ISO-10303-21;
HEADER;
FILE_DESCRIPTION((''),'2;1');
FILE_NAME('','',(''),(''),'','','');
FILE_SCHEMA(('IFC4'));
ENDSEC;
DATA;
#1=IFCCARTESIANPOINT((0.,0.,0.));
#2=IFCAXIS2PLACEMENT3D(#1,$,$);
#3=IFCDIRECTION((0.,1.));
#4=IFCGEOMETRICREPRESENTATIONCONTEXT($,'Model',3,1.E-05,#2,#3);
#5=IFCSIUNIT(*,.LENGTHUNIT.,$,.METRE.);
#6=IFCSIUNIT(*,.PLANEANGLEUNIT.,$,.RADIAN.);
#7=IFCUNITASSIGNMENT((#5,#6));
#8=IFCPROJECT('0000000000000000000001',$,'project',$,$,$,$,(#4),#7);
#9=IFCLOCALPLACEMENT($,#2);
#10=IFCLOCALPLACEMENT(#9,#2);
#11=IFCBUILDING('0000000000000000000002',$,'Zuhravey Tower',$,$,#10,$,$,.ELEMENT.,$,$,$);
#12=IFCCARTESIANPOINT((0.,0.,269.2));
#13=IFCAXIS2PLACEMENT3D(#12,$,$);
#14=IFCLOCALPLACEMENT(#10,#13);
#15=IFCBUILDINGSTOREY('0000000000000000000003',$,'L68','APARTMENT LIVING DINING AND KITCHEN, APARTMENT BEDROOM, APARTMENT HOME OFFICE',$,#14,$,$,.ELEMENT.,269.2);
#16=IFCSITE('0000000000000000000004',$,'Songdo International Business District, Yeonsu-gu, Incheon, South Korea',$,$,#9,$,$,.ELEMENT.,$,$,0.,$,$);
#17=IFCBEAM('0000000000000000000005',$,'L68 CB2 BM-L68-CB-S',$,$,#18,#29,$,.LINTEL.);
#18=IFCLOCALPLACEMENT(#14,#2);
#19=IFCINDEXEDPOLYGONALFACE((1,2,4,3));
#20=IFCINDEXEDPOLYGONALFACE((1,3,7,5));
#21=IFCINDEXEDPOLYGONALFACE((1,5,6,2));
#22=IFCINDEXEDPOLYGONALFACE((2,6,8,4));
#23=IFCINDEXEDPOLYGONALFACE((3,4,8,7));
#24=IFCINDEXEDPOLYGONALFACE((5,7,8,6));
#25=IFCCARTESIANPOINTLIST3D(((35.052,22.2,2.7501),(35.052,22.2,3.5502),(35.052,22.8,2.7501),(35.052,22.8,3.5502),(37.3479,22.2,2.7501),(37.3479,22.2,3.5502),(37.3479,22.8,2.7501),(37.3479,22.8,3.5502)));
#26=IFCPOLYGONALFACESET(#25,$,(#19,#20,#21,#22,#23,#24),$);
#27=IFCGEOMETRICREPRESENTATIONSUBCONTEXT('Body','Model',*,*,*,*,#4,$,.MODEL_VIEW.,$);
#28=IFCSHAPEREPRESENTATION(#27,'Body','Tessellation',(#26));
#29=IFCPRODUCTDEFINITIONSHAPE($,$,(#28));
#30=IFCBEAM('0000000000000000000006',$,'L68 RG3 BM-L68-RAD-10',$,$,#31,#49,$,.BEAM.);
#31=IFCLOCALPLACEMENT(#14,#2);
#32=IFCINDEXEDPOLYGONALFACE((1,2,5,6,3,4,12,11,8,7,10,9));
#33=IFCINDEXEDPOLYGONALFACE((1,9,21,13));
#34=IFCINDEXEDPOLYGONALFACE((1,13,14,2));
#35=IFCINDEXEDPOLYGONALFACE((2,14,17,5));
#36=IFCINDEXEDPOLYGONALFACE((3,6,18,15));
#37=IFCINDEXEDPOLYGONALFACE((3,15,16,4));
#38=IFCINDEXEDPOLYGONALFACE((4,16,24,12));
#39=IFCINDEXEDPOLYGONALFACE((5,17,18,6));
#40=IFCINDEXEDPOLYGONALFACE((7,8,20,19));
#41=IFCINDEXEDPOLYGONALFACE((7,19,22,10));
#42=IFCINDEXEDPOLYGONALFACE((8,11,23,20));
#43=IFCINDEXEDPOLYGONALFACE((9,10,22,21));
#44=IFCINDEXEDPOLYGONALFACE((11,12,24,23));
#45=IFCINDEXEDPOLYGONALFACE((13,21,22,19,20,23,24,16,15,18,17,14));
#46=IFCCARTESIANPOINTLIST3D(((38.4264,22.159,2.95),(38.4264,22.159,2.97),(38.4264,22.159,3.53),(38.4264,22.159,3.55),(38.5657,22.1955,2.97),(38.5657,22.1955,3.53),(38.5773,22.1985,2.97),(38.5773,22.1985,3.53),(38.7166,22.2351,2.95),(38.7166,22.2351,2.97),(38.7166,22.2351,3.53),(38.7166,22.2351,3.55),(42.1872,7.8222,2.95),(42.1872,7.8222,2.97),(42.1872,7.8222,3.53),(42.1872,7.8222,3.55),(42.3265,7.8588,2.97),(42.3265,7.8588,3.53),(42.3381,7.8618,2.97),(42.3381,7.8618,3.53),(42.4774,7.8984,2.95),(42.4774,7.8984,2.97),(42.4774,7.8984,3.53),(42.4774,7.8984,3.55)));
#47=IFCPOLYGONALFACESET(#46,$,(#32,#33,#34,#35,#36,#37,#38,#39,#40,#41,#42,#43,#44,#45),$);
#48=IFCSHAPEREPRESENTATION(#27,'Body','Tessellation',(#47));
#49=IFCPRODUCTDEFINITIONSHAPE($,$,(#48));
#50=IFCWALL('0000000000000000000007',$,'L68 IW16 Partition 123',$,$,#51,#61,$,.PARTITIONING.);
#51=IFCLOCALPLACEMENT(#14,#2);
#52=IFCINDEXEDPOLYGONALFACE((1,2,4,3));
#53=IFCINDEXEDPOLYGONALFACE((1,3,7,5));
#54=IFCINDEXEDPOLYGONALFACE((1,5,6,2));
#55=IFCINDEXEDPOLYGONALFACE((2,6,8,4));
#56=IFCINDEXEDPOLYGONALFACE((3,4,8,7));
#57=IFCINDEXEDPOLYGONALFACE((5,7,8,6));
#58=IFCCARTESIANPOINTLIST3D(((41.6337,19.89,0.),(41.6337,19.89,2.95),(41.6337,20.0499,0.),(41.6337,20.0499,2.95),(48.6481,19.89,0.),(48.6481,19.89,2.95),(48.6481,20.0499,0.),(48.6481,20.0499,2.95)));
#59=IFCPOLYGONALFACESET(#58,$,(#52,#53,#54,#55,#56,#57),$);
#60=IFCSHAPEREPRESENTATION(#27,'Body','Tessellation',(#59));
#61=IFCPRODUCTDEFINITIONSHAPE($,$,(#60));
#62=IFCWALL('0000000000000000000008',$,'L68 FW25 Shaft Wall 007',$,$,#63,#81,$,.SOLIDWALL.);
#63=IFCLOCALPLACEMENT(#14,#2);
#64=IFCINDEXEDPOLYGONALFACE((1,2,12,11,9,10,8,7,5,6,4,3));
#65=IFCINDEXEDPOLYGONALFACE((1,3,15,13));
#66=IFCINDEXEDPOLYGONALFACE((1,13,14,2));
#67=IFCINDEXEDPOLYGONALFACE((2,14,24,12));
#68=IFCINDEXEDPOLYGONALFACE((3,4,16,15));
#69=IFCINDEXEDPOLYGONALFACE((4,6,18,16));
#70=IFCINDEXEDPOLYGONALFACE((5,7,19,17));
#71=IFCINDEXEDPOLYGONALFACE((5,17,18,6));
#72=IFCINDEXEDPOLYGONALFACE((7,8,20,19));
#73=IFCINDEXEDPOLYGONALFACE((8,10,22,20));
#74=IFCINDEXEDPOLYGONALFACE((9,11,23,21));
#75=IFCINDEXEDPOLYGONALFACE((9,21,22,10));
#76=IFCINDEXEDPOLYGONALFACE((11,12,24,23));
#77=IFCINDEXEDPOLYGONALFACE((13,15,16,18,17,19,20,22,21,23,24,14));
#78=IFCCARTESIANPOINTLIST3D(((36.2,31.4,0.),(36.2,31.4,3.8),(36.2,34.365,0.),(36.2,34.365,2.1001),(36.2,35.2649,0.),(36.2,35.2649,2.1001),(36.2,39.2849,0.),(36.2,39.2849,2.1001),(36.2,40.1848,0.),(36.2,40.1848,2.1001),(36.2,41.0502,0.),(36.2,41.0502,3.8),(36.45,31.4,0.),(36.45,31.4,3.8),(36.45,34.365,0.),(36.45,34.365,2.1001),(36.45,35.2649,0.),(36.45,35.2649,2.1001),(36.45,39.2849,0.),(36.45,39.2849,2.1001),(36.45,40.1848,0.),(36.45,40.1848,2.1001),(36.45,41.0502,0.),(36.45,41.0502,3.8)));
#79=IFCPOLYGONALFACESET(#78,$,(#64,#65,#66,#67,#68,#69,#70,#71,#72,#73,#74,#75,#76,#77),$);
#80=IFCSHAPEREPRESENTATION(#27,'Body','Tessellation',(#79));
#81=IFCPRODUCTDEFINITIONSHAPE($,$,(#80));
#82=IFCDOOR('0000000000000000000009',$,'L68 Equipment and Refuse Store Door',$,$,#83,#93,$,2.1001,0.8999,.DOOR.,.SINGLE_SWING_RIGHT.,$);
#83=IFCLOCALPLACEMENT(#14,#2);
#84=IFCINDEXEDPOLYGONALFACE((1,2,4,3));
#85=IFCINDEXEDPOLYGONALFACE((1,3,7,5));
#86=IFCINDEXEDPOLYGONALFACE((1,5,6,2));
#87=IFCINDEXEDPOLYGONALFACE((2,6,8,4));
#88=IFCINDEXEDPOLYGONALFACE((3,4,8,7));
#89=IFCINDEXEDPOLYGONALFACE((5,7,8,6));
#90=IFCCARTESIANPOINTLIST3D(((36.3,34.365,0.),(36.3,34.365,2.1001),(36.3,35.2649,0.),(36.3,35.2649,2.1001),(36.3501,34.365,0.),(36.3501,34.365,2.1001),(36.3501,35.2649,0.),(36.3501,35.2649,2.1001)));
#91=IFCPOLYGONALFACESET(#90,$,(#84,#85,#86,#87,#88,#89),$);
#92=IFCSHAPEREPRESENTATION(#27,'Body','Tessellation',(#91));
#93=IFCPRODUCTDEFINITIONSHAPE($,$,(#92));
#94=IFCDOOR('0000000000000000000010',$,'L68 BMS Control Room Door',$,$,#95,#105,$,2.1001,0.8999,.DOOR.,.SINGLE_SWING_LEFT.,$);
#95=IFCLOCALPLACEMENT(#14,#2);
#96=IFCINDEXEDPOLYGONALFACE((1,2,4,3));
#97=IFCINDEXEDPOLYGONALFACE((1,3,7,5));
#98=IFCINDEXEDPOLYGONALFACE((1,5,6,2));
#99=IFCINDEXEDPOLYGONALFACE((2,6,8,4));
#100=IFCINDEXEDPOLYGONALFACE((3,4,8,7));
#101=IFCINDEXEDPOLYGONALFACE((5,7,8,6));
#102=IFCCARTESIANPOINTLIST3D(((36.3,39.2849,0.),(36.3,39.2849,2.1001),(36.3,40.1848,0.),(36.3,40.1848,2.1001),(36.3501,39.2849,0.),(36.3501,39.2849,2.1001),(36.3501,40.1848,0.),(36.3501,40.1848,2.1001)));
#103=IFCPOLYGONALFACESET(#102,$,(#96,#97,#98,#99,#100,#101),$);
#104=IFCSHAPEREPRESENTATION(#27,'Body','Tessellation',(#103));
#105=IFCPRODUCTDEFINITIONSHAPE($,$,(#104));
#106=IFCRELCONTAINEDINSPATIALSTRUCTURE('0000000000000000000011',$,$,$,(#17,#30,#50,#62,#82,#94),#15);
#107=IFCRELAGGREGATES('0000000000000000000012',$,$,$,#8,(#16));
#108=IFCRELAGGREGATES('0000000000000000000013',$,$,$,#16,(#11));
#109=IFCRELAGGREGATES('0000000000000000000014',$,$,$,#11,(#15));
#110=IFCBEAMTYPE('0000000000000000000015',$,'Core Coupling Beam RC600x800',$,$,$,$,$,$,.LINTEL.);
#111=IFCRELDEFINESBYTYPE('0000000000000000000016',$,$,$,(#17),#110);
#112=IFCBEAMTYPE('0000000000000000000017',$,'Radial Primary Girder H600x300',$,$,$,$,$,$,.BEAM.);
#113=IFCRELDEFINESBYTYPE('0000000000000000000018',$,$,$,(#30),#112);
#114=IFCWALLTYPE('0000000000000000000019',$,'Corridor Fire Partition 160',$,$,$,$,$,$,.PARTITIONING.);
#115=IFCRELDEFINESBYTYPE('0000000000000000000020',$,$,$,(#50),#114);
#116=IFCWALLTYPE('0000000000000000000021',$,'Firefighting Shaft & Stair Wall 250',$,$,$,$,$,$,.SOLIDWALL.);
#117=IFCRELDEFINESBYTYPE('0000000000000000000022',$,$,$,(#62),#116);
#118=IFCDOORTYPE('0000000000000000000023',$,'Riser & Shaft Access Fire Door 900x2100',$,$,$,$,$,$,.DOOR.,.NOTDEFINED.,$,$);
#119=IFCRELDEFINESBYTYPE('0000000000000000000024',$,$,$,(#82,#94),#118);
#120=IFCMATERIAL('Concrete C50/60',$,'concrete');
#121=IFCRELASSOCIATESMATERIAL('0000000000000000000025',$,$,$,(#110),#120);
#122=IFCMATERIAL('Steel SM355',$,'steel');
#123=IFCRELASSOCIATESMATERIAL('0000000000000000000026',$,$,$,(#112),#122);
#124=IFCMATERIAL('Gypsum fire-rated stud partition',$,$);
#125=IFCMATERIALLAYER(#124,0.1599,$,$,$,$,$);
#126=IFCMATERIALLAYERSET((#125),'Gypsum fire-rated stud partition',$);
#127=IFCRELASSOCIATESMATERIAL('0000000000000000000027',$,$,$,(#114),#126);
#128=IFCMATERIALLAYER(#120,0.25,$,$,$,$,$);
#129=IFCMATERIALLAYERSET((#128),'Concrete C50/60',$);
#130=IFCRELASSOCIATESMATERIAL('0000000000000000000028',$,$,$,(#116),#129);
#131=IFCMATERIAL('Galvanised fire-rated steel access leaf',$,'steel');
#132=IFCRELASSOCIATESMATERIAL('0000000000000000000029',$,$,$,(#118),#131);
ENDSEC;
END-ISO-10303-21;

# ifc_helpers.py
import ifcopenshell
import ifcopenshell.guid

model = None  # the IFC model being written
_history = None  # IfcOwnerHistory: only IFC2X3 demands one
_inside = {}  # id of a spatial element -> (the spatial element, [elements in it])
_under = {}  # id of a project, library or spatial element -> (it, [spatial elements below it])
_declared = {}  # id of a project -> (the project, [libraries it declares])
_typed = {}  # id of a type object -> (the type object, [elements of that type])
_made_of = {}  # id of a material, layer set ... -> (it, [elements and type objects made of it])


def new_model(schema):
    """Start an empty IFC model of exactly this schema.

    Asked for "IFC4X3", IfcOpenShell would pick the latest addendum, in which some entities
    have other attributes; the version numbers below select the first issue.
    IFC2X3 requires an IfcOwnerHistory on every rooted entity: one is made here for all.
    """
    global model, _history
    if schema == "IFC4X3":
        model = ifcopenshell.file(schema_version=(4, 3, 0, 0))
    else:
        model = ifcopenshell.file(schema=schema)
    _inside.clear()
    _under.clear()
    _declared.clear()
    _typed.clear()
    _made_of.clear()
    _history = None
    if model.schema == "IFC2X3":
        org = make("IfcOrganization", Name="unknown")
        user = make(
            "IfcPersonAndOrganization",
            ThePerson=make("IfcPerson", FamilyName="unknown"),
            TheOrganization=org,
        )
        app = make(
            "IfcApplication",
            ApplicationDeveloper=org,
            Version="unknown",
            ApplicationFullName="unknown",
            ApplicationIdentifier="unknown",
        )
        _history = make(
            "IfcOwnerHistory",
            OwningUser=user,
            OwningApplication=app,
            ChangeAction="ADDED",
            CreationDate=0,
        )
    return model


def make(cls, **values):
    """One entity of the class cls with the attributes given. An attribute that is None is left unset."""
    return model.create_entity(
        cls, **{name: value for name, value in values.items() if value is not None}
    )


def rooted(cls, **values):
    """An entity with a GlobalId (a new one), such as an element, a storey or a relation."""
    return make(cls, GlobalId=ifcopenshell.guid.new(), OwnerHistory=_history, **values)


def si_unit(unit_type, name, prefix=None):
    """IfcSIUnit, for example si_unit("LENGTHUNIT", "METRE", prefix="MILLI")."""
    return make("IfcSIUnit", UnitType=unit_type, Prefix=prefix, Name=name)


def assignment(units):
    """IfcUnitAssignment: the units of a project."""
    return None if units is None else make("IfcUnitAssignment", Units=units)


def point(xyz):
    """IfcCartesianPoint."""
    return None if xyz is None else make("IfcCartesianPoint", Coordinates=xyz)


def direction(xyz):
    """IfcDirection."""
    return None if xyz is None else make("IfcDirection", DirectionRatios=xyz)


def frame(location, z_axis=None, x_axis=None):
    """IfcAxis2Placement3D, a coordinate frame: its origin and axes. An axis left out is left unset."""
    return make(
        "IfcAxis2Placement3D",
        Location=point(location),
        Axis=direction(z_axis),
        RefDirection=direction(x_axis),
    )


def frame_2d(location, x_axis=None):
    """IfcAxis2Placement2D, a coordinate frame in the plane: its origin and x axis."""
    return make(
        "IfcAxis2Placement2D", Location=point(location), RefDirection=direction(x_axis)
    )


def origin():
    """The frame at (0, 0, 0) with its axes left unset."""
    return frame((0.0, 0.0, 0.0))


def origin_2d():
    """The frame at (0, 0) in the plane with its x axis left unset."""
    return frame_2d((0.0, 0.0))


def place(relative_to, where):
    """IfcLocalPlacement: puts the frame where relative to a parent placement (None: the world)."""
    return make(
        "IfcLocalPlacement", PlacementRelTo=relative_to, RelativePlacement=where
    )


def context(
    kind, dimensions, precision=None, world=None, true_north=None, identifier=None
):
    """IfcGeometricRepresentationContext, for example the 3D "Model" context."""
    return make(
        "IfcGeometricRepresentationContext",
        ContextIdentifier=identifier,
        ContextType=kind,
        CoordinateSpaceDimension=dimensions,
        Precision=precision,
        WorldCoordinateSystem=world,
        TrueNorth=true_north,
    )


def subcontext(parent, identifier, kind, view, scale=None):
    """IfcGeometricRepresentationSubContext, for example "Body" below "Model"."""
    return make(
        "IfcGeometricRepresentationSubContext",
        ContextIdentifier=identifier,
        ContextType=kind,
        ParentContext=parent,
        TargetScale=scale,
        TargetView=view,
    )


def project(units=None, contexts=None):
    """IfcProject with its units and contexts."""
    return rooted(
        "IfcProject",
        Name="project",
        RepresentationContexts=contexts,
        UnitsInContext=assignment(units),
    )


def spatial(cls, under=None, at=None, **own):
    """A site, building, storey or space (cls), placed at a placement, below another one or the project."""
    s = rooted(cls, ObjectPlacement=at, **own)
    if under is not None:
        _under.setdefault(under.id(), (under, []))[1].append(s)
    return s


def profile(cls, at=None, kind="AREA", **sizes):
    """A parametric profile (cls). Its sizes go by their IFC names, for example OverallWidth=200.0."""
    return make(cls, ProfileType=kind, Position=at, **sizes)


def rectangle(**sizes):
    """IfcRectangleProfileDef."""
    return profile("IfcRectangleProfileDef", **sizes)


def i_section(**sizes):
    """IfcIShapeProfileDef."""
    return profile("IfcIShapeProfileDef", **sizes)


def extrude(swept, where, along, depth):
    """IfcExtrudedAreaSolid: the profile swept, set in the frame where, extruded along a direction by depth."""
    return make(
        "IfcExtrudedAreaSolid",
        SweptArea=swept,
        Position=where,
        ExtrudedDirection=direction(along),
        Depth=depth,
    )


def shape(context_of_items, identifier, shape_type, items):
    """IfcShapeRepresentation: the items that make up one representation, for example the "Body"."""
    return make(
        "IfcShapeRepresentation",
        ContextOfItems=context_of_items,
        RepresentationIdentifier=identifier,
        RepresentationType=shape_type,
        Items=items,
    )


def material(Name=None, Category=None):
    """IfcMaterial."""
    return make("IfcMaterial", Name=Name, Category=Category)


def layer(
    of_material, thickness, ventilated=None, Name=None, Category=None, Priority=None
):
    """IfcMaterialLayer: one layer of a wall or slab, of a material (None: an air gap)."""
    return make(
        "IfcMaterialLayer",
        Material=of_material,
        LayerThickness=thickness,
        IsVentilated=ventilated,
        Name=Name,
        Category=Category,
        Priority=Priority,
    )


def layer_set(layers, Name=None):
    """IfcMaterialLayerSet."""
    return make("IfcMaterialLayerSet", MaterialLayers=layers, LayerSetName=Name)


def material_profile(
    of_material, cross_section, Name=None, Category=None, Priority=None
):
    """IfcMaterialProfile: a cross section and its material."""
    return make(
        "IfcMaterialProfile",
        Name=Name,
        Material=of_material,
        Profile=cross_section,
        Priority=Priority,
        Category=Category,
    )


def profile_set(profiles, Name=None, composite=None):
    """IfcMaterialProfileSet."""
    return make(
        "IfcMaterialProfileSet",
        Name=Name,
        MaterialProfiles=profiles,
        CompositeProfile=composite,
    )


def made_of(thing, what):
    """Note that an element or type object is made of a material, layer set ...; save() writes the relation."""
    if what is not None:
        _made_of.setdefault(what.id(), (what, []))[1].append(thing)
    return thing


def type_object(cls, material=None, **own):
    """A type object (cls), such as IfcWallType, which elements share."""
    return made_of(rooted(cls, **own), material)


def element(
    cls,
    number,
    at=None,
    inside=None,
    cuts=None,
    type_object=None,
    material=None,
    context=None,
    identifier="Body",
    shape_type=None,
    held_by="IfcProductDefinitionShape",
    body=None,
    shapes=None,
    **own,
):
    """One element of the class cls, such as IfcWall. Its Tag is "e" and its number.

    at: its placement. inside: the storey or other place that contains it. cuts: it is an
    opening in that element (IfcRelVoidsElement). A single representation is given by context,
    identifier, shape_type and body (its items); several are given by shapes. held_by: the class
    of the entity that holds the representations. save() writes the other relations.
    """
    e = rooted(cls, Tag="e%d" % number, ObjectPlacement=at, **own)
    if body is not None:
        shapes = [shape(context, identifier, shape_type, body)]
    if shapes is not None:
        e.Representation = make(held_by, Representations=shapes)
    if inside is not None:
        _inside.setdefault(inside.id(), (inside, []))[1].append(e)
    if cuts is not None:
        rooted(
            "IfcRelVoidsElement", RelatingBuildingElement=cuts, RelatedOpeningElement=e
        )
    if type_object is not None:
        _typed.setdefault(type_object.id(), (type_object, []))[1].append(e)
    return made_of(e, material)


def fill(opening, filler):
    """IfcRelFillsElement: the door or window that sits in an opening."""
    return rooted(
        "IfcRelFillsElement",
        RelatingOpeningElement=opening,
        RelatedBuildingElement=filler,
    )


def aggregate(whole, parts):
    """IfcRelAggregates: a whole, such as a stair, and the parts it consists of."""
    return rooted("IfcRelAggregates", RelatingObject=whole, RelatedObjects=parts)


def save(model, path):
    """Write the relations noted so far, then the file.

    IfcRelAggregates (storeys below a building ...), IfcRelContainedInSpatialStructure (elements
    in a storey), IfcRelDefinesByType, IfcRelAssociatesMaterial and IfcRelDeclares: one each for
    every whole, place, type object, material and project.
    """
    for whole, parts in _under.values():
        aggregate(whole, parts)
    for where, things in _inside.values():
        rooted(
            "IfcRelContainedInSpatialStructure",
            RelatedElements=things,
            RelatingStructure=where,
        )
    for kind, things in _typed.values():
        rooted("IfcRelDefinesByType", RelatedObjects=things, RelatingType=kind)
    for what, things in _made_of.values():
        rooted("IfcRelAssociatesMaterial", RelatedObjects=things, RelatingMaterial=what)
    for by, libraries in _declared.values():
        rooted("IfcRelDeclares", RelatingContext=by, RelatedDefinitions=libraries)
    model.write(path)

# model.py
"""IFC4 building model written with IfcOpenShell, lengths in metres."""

from ifc_helpers import new_model, si_unit, direction, frame, frame_2d, origin, origin_2d, place, context, subcontext, project, spatial, rectangle, i_section, extrude, material, layer, layer_set, material_profile, profile_set, type_object, element, fill, save


model = new_model("IFC4")

# Units and contexts
model_context = context("Model", 3, precision=1e-05, world=origin(), true_north=direction((0.0, 1.0)))
body_context = subcontext(model_context, "Body", "Model", "MODEL_VIEW")
ifc_project = project(units=[si_unit("LENGTHUNIT", "METRE"), si_unit("PLANEANGLEUNIT", "RADIAN")], contexts=[model_context])

# Site, building, storey
site_placement = place(None, origin())
site = spatial("IfcSite", under=ifc_project, at=site_placement, Name="Songdo International Business District, Yeonsu-gu, Incheon, South Korea", CompositionType="ELEMENT", RefElevation=0.0)
building_placement = place(site_placement, origin())
building = spatial("IfcBuilding", under=site, at=building_placement, Name="Zuhravey Tower", CompositionType="ELEMENT")
storey_placement = place(building_placement, frame((0.0, 0.0, 269.2)))
storey = spatial("IfcBuildingStorey", under=building, at=storey_placement, Name="L68", Description="APARTMENT LIVING DINING AND KITCHEN, APARTMENT BEDROOM, APARTMENT HOME OFFICE", CompositionType="ELEMENT", Elevation=269.2)

# Beams
ifc_material_1 = material(Name="Concrete C50/60", Category="concrete")
ifc_material_profile_1 = material_profile(ifc_material_1, rectangle(XDim=0.6001, YDim=0.8, at=origin_2d()), Name="RC-600x800")
ifc_profile_set_1 = profile_set([ifc_material_profile_1], Name="Concrete C50/60")
beam_type_1 = type_object("IfcBeamType", Name="Core Coupling Beam RC600x800", PredefinedType="LINTEL", material=ifc_profile_set_1)
beam_1_placement = place(storey_placement, frame((35.052, 22.5, 3.1501), z_axis=(1.0, 0.0, 0.0), x_axis=(0.0, 1.0, 0.0)))
element("IfcBeam", 1, at=beam_1_placement, inside=storey, type_object=beam_type_1, Name="L68 CB2 BM-L68-CB-S", PredefinedType="LINTEL", context=body_context, shape_type="SweptSolid", body=[
    extrude(rectangle(XDim=0.6001, YDim=0.8, at=origin_2d()), origin(), (0.0, 0.0, 1.0), 2.2959),
])
ifc_material_2 = material(Name="Steel SM355", Category="steel")
ifc_material_profile_2 = material_profile(ifc_material_2, i_section(OverallWidth=0.3, OverallDepth=0.6001, WebThickness=0.012, FlangeThickness=0.02, at=origin_2d()), Name="H-600x300x12x20")
ifc_profile_set_2 = profile_set([ifc_material_profile_2], Name="Steel SM355")
beam_type_2 = type_object("IfcBeamType", Name="Radial Primary Girder H600x300", PredefinedType="BEAM", material=ifc_profile_set_2)
beam_2_placement = place(storey_placement, frame((38.5715, 22.197, 3.25), z_axis=(0.253732, -0.967275, 0.0), x_axis=(0.967275, 0.253732, 0.0)))
element("IfcBeam", 2, at=beam_2_placement, inside=storey, type_object=beam_type_2, Name="L68 RG3 BM-L68-RAD-10", PredefinedType="BEAM", context=body_context, shape_type="SweptSolid", body=[
    extrude(i_section(OverallWidth=0.3, OverallDepth=0.6001, WebThickness=0.012, FlangeThickness=0.02, at=origin_2d()), origin(), (0.0, 0.0, 1.0), 14.8218),
])

# Wall
ifc_material_3 = material(Name="Gypsum fire-rated stud partition")
ifc_layer_1 = layer(ifc_material_3, 0.1599)
ifc_layer_set_1 = layer_set([ifc_layer_1], Name="Gypsum fire-rated stud partition")
wall_type_1 = type_object("IfcWallType", Name="Corridor Fire Partition 160", PredefinedType="PARTITIONING", material=ifc_layer_set_1)
wall_1_placement = place(storey_placement, frame((41.6335, 19.97, 0.0), z_axis=(0.0, 0.0, 1.0), x_axis=(1.0, 0.0, 0.0)))
element("IfcWall", 3, at=wall_1_placement, inside=storey, type_object=wall_type_1, Name="L68 IW16 Partition 123", PredefinedType="PARTITIONING", context=body_context, shape_type="SweptSolid", body=[
    extrude(rectangle(XDim=7.0144, YDim=0.1599, at=frame_2d((3.5073, 0.0))), origin(), (0.0, 0.0, 1.0), 2.95),
])

# Shared definitions
ifc_layer_2 = layer(ifc_material_1, 0.25)
ifc_layer_set_2 = layer_set([ifc_layer_2], Name="Concrete C50/60")
wall_type_2 = type_object("IfcWallType", Name="Firefighting Shaft & Stair Wall 250", PredefinedType="SOLIDWALL", material=ifc_layer_set_2)

# Wall, openings, doors
wall_2_placement = place(storey_placement, frame((36.325, 31.3999, 0.0), z_axis=(0.0, 0.0, 1.0), x_axis=(0.0, 1.0, 0.0)))
wall_2 = element("IfcWall", 4, at=wall_2_placement, inside=storey, type_object=wall_type_2, Name="L68 FW25 Shaft Wall 007", PredefinedType="SOLIDWALL", context=body_context, shape_type="SweptSolid", body=[
    extrude(rectangle(XDim=9.6501, YDim=0.25, at=frame_2d((4.8252, 0.0))), origin(), (0.0, 0.0, 1.0), 3.8),
])
opening_1_placement = place(wall_2_placement, frame((2.9651, 0.0, 0.0)))
opening_1 = element("IfcOpeningElement", 5, at=opening_1_placement, cuts=wall_2, PredefinedType="OPENING", context=body_context, shape_type="SweptSolid", body=[
    extrude(rectangle(XDim=0.8999, YDim=2.1001, at=frame_2d((0.45, 1.05))), frame((0.0, 0.137, 0.0), z_axis=(0.0, -1.0, 0.0), x_axis=(1.0, 0.0, 0.0)), (0.0, 0.0, 1.0), 0.2739),
])
opening_2_placement = place(wall_2_placement, frame((7.885, 0.0, 0.0)))
opening_2 = element("IfcOpeningElement", 6, at=opening_2_placement, cuts=wall_2, PredefinedType="OPENING", context=body_context, shape_type="SweptSolid", body=[
    extrude(rectangle(XDim=0.8999, YDim=2.1001, at=frame_2d((0.45, 1.05))), frame((0.0, 0.137, 0.0), z_axis=(0.0, -1.0, 0.0), x_axis=(1.0, 0.0, 0.0)), (0.0, 0.0, 1.0), 0.2739),
])
ifc_material_4 = material(Name="Galvanised fire-rated steel access leaf", Category="steel")
door_type_1 = type_object("IfcDoorType", Name="Riser & Shaft Access Fire Door 900x2100", OperationType="NOTDEFINED", PredefinedType="DOOR", material=ifc_material_4)
door_1_placement = place(opening_1_placement, origin())
door_1 = element("IfcDoor", 7, at=door_1_placement, inside=storey, type_object=door_type_1, Name="L68 Equipment and Refuse Store Door", OperationType="SINGLE_SWING_RIGHT", OverallHeight=2.1001, OverallWidth=0.8999, PredefinedType="DOOR", context=body_context, shape_type="SweptSolid", body=[
    extrude(rectangle(XDim=0.8999, YDim=2.1001, at=frame_2d((0.45, 1.05))), frame((0.0, 0.0249, 0.0), z_axis=(0.0, -1.0, 0.0), x_axis=(1.0, 0.0, 0.0)), (0.0, 0.0, 1.0), 0.05),
])
fill(opening_1, door_1)
door_2_placement = place(opening_2_placement, origin())
door_2 = element("IfcDoor", 8, at=door_2_placement, inside=storey, type_object=door_type_1, Name="L68 BMS Control Room Door", OperationType="SINGLE_SWING_LEFT", OverallHeight=2.1001, OverallWidth=0.8999, PredefinedType="DOOR", context=body_context, shape_type="SweptSolid", body=[
    extrude(rectangle(XDim=0.8999, YDim=2.1001, at=frame_2d((0.45, 1.05))), frame((0.0, 0.0249, 0.0), z_axis=(0.0, -1.0, 0.0), x_axis=(1.0, 0.0, 0.0)), (0.0, 0.0, 1.0), 0.05),
])
fill(opening_2, door_2)

save(model, "model.ifc")
